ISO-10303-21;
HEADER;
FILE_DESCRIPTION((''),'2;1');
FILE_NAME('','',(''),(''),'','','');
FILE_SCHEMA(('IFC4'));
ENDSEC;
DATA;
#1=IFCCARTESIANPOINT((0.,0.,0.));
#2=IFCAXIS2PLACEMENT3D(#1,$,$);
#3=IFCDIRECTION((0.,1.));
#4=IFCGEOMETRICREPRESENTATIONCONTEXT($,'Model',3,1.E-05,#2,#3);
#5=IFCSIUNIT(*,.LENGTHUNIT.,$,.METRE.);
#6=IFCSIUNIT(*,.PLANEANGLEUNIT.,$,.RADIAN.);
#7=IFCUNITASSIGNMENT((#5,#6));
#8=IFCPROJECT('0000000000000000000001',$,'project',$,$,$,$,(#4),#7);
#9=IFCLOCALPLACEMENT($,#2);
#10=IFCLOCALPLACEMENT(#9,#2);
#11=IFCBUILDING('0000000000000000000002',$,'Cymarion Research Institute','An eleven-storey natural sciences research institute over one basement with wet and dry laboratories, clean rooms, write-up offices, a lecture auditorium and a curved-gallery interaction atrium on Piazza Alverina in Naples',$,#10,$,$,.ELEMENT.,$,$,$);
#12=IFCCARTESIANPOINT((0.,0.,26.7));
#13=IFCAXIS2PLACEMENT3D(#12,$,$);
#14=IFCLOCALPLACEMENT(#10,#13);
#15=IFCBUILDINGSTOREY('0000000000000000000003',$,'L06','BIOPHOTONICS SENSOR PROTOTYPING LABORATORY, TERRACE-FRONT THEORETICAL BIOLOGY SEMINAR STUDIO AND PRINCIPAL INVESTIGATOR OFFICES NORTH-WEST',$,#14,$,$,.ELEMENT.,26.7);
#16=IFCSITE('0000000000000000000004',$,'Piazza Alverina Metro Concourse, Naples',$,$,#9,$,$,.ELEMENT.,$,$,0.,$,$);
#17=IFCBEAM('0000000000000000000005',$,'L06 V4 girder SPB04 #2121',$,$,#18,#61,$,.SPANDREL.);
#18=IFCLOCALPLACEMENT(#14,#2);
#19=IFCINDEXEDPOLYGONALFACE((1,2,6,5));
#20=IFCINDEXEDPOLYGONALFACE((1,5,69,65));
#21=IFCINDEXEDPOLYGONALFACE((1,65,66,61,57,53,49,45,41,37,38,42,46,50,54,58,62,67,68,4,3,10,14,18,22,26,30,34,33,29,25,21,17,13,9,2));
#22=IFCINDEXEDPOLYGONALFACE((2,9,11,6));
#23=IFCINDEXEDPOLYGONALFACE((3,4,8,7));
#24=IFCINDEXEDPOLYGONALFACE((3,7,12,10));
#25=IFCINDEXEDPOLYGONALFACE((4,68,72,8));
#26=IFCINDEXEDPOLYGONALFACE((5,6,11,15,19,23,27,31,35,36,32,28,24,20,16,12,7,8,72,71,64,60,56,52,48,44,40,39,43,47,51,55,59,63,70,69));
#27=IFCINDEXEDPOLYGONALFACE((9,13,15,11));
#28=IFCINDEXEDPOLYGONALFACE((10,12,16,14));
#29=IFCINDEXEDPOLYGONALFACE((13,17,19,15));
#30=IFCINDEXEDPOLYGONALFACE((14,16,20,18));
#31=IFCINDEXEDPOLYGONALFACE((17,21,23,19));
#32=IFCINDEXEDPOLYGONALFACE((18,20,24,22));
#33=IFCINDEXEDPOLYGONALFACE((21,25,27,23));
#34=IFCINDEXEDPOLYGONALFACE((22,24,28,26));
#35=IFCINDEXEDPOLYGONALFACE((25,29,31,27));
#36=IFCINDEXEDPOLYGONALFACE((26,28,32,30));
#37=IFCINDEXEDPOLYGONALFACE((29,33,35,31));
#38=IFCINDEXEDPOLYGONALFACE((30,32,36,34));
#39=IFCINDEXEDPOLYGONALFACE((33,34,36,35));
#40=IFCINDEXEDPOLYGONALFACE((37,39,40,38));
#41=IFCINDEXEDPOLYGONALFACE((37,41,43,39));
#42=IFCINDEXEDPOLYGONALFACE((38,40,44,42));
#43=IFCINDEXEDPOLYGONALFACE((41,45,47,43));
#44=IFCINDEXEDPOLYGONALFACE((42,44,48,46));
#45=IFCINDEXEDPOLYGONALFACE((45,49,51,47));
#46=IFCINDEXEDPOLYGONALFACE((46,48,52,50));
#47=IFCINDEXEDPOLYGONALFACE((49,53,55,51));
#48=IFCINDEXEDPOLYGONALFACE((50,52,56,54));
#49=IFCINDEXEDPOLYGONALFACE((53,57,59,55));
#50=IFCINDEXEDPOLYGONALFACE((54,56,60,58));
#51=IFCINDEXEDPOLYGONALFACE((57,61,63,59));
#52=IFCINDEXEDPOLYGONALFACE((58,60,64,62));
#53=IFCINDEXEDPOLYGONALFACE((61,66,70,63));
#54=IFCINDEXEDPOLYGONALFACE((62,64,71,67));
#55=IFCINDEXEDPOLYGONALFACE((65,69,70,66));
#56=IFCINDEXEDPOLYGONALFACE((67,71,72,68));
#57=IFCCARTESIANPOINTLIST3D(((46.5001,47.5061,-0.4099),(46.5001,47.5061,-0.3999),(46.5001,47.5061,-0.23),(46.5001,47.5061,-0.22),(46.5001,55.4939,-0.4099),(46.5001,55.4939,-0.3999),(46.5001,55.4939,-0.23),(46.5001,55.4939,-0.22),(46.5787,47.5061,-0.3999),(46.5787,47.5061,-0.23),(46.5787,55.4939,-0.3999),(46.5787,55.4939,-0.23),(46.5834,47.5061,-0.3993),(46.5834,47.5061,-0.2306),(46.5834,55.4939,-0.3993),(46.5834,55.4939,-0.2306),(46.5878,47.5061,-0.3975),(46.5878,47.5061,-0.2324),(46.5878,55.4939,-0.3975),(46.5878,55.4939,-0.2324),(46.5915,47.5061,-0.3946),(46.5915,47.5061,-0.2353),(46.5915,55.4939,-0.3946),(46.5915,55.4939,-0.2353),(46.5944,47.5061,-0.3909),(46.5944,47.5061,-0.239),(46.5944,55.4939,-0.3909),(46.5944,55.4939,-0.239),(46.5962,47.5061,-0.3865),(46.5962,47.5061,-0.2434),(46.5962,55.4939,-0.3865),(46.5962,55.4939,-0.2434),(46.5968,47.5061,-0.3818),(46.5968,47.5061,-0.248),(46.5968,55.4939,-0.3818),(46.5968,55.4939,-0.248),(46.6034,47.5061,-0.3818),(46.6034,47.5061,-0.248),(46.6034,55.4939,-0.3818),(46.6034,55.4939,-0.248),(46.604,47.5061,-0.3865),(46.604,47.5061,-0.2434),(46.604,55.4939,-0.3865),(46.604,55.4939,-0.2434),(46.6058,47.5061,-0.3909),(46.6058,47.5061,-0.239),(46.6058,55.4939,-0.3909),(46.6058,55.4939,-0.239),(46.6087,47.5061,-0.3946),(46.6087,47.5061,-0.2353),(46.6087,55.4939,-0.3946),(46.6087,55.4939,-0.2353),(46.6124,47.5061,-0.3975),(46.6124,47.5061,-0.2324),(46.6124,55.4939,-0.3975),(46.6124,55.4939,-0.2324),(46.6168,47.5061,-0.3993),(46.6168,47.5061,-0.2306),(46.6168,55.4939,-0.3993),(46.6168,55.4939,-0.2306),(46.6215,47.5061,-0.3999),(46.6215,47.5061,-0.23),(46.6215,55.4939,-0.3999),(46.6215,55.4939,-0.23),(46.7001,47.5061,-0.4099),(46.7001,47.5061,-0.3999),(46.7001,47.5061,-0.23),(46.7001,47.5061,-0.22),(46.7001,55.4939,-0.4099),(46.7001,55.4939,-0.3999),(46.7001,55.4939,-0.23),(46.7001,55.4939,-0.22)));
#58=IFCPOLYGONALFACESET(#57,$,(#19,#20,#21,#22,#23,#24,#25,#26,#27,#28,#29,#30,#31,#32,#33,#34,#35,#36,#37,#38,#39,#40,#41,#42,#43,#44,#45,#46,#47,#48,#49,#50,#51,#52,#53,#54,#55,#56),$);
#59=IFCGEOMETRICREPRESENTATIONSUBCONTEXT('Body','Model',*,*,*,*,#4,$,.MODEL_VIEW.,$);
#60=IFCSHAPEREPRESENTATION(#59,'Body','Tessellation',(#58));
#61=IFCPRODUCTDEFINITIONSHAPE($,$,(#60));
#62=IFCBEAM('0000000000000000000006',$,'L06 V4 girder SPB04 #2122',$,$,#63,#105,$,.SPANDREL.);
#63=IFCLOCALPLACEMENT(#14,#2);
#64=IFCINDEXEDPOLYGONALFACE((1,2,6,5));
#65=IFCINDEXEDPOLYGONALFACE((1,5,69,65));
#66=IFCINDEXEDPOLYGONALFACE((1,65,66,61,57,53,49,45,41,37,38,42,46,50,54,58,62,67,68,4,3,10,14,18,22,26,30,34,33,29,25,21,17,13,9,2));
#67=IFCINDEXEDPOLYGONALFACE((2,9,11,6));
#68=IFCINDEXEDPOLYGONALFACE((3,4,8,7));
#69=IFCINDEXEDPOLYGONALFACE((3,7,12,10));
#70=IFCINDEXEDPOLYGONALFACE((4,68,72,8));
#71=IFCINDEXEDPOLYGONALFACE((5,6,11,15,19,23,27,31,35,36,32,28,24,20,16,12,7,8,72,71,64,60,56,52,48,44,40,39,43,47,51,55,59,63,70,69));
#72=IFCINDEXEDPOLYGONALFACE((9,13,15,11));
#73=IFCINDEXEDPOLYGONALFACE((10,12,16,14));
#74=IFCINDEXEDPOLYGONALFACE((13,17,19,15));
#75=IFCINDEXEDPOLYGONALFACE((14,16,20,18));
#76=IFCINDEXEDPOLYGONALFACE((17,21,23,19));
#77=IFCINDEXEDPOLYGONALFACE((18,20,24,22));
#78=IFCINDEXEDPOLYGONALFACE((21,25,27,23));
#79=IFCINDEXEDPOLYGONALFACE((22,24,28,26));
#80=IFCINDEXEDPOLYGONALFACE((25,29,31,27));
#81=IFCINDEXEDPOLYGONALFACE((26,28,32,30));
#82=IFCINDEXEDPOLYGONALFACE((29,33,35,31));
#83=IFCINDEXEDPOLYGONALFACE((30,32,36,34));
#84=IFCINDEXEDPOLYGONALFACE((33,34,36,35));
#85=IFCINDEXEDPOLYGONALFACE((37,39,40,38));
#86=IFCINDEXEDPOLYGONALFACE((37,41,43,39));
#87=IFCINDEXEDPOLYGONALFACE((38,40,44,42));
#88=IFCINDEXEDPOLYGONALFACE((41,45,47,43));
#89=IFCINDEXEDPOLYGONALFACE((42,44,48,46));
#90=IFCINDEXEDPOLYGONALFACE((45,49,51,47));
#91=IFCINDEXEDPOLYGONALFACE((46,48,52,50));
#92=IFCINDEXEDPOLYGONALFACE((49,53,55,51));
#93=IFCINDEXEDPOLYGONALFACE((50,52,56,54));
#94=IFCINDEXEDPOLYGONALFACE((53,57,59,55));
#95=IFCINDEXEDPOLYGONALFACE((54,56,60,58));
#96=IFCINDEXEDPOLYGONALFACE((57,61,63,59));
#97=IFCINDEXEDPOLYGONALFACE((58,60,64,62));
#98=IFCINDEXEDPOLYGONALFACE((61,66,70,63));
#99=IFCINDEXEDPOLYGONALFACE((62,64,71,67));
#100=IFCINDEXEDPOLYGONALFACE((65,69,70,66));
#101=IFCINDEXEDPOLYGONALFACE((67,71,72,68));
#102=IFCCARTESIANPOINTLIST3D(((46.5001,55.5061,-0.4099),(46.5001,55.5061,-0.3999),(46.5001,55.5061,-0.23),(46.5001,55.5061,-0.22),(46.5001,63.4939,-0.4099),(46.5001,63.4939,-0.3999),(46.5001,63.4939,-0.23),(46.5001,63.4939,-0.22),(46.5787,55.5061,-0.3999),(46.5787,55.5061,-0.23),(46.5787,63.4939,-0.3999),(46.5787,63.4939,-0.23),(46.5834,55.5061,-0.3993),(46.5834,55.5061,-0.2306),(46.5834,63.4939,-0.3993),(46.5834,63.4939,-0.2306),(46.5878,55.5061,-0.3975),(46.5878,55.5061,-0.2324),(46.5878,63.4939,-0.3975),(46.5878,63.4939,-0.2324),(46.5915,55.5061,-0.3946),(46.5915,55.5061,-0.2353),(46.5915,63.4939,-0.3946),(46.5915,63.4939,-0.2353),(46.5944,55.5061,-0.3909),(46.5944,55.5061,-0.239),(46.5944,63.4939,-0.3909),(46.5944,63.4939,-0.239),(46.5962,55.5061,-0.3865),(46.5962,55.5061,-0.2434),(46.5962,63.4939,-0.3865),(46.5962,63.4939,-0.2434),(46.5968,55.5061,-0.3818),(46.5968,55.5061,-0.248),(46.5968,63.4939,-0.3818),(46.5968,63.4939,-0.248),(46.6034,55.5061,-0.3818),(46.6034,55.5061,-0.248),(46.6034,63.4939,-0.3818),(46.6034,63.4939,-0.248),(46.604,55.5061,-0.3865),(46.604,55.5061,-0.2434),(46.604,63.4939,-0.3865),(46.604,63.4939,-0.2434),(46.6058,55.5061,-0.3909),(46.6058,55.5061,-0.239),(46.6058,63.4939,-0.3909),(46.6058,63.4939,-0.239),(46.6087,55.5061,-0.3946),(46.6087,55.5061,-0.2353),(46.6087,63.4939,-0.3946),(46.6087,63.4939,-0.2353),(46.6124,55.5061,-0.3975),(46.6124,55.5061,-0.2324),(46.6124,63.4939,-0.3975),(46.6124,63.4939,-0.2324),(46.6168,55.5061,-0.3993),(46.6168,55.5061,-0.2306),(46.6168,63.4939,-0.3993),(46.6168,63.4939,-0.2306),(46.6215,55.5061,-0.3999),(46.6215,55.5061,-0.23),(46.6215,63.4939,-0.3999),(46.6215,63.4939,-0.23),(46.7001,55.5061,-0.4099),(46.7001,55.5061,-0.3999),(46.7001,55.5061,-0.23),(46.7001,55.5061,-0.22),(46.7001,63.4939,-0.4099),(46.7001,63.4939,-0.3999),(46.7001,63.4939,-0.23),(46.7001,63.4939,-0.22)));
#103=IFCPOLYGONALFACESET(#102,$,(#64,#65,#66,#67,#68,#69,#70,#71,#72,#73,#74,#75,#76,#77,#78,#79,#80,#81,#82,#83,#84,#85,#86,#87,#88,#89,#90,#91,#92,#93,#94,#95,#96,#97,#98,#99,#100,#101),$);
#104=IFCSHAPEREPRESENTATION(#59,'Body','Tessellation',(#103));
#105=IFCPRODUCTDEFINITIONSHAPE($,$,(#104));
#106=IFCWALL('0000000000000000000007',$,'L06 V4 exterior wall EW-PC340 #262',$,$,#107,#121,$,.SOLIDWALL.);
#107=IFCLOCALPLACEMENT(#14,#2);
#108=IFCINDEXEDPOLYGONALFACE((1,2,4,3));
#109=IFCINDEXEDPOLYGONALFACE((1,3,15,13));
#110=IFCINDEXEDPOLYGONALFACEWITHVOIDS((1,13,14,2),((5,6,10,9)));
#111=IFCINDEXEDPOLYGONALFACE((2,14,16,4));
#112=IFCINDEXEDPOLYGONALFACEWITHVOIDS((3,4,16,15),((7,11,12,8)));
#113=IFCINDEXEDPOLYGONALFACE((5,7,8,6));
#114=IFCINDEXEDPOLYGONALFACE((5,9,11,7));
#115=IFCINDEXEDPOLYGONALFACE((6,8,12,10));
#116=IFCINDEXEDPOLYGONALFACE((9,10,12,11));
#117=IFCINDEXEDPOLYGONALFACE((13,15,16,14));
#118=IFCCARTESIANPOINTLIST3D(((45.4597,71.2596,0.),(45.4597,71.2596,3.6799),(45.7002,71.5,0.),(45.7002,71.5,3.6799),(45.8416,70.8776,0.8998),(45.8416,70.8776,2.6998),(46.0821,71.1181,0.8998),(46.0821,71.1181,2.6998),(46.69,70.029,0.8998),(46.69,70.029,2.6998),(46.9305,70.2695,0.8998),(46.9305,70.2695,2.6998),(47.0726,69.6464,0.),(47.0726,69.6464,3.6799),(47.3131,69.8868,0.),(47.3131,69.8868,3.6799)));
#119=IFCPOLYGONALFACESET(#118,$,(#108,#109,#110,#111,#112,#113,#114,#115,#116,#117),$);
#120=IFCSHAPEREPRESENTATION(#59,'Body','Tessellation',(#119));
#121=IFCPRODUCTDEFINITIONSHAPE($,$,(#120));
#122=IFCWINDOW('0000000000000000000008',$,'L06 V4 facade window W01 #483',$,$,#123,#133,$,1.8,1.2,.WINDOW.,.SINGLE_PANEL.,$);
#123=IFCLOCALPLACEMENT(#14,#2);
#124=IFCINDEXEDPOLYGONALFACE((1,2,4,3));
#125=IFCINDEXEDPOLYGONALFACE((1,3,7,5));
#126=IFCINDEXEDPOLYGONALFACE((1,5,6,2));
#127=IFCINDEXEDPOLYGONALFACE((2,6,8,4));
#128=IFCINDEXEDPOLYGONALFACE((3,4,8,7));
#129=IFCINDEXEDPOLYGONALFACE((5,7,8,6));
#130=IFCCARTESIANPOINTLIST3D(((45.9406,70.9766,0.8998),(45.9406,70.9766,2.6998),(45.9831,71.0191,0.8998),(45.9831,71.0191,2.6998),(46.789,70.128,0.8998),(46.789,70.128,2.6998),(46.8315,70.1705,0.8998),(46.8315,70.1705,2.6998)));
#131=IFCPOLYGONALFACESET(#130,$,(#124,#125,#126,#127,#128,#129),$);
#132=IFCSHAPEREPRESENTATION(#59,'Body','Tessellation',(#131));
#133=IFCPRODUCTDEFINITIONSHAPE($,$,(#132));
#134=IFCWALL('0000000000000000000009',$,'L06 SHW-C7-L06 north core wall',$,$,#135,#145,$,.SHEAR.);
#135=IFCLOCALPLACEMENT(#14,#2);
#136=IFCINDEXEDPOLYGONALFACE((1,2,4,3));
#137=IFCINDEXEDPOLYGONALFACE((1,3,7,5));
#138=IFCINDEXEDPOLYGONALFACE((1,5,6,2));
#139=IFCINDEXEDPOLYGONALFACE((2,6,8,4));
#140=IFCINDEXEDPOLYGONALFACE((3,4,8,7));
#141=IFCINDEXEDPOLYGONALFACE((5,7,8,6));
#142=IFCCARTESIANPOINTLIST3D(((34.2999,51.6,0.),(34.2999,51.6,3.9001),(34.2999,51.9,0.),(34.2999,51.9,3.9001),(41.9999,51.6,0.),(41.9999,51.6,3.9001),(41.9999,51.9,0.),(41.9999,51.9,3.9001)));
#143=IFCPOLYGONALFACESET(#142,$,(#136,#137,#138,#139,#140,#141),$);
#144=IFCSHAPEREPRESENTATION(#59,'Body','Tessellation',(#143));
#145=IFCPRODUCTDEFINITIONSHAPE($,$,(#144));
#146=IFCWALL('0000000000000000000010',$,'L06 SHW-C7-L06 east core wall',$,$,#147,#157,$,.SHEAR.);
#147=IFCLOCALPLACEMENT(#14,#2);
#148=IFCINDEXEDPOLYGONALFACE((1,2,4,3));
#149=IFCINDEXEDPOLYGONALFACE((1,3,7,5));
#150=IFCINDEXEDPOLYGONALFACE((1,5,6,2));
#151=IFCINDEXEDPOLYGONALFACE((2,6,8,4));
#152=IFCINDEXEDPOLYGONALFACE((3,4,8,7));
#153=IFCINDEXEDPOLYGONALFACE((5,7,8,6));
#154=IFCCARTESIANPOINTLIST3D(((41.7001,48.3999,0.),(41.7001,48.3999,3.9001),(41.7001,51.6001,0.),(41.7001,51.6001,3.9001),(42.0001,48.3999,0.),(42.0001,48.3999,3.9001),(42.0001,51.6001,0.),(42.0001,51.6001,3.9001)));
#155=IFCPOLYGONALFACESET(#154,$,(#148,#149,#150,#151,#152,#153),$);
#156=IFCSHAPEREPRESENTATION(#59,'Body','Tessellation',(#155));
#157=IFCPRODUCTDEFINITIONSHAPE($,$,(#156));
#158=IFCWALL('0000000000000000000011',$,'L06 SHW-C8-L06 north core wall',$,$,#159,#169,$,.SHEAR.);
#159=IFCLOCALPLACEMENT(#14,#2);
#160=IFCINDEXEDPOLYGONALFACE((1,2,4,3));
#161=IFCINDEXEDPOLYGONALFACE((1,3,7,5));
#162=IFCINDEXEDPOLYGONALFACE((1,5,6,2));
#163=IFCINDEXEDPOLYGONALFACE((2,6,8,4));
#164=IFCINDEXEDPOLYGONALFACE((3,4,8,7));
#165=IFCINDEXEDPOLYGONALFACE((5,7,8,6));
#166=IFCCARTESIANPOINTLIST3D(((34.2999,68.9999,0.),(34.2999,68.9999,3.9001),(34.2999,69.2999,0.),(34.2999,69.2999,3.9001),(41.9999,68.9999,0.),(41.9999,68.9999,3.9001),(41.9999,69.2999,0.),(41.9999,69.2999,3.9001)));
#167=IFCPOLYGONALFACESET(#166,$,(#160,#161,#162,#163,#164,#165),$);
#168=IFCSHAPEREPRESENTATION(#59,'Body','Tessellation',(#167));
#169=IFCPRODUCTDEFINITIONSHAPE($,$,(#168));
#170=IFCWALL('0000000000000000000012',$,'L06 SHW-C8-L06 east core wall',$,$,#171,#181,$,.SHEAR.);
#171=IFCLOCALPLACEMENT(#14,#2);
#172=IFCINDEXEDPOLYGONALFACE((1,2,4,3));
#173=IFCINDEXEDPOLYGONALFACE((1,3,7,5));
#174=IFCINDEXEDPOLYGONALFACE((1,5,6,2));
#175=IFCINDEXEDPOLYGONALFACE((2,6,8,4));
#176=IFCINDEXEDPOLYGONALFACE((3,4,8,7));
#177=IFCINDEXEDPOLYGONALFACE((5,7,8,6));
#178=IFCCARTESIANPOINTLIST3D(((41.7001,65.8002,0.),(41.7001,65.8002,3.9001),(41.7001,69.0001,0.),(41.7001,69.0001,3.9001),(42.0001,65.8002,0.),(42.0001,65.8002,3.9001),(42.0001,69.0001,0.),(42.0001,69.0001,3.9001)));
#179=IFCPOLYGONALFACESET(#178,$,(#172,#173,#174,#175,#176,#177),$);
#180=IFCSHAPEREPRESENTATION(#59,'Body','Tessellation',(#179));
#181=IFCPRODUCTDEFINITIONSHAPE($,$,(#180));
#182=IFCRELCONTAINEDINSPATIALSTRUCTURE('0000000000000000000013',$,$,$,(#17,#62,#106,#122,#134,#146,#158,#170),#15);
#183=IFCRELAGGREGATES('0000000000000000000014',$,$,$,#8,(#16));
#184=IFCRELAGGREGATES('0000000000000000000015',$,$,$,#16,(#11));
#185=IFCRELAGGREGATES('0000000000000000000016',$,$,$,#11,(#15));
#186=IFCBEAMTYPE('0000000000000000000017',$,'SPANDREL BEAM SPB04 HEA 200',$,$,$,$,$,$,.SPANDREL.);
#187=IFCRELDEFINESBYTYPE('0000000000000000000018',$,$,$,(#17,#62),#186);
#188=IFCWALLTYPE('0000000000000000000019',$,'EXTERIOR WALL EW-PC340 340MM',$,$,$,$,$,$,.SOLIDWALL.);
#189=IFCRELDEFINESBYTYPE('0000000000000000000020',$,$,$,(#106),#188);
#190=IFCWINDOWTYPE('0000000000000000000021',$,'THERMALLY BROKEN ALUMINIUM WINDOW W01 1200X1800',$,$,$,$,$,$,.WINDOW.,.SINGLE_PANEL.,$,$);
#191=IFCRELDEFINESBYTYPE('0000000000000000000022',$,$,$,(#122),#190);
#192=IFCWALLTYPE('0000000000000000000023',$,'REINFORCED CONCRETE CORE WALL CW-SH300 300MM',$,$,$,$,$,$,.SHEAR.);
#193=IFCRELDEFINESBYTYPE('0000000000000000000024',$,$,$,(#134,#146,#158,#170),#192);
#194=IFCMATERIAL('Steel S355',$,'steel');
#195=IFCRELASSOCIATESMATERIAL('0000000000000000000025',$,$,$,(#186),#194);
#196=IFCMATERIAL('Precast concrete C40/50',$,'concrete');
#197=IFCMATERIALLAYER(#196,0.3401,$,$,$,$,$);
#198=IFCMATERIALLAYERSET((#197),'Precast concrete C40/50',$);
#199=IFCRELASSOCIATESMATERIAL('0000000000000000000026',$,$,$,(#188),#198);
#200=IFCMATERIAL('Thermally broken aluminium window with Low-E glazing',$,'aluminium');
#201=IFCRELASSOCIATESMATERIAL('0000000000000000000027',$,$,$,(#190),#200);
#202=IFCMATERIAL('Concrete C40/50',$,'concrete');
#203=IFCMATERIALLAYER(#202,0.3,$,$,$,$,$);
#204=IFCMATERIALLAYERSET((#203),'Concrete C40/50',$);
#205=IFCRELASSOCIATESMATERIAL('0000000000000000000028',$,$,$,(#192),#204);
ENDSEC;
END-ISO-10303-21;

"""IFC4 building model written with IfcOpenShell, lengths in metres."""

from ifc_helpers import new_model, si_unit, direction, frame, frame_2d, origin, origin_2d, place, context, subcontext, project, spatial, rectangle, i_section, extrude, material, layer, layer_set, material_profile, profile_set, type_object, element, fill, save


model = new_model("IFC4")

# Units and contexts
model_context = context("Model", 3, precision=1e-05, world=origin(), true_north=direction((0.0, 1.0)))
body_context = subcontext(model_context, "Body", "Model", "MODEL_VIEW")
ifc_project = project(units=[si_unit("LENGTHUNIT", "METRE"), si_unit("PLANEANGLEUNIT", "RADIAN")], contexts=[model_context])

# Site, building, storey
site_placement = place(None, origin())
site = spatial("IfcSite", under=ifc_project, at=site_placement, Name="Piazza Alverina Metro Concourse, Naples", CompositionType="ELEMENT", RefElevation=0.0)
building_placement = place(site_placement, origin())
building = spatial("IfcBuilding", under=site, at=building_placement, Name="Cymarion Research Institute", Description="An eleven-storey natural sciences research institute over one basement with wet and dry laboratories, clean rooms, write-up offices, a lecture auditorium and a curved-gallery interaction atrium on Piazza Alverina in Naples", CompositionType="ELEMENT")
storey_placement = place(building_placement, frame((0.0, 0.0, 26.7)))
storey = spatial("IfcBuildingStorey", under=building, at=storey_placement, Name="L06", Description="BIOPHOTONICS SENSOR PROTOTYPING LABORATORY, TERRACE-FRONT THEORETICAL BIOLOGY SEMINAR STUDIO AND PRINCIPAL INVESTIGATOR OFFICES NORTH-WEST", CompositionType="ELEMENT", Elevation=26.7)

# Shared definitions
ifc_material_1 = material(Name="Steel S355", Category="steel")

# Beams
ifc_material_profile_1 = material_profile(ifc_material_1, i_section(OverallWidth=0.2, OverallDepth=0.1899, WebThickness=0.0066, FlangeThickness=0.01, FilletRadius=0.0181, at=origin_2d()), Name="HEA 200")
ifc_profile_set_1 = profile_set([ifc_material_profile_1], Name="Steel S355")
beam_type_1 = type_object("IfcBeamType", Name="SPANDREL BEAM SPB04 HEA 200", PredefinedType="SPANDREL", material=ifc_profile_set_1)
for number, where, z_axis, x_axis, name in (
    (1, (46.6001, 47.5061, -0.3149), (0.0, 1.0, 0.0), (-1.0, 0.0, 0.0), "L06 V4 girder SPB04 #2121"),
    (2, (46.6001, 55.5061, -0.3149), (0.0, 1.0, 0.0), (-1.0, 0.0, 0.0), "L06 V4 girder SPB04 #2122"),
):
    element("IfcBeam", number, at=place(storey_placement, frame(where, z_axis=z_axis, x_axis=x_axis)), inside=storey, type_object=beam_type_1, Name=name, PredefinedType="SPANDREL", context=body_context, shape_type="SweptSolid", body=[
        extrude(i_section(OverallWidth=0.2, OverallDepth=0.1899, WebThickness=0.0066, FlangeThickness=0.01, FilletRadius=0.0181, at=origin_2d()), origin(), (0.0, 0.0, 1.0), 7.9878),
    ])

# Wall, opening, window
ifc_material_2 = material(Name="Precast concrete C40/50", Category="concrete")
ifc_layer_1 = layer(ifc_material_2, 0.3401)
ifc_layer_set_1 = layer_set([ifc_layer_1], Name="Precast concrete C40/50")
wall_type_1 = type_object("IfcWallType", Name="EXTERIOR WALL EW-PC340 340MM", PredefinedType="SOLIDWALL", material=ifc_layer_set_1)
wall_1_placement = place(storey_placement, frame((47.1929, 69.7666, 0.0), z_axis=(0.0, 0.0, 1.0), x_axis=(-0.707053, 0.70716, 0.0)))
wall_1 = element("IfcWall", 3, at=wall_1_placement, inside=storey, type_object=wall_type_1, Name="L06 V4 exterior wall EW-PC340 #262", PredefinedType="SOLIDWALL", context=body_context, shape_type="SweptSolid", body=[
    extrude(rectangle(XDim=2.2812, YDim=0.3401, at=frame_2d((1.1406, 0.0))), origin(), (0.0, 0.0, 1.0), 3.6799),
])
opening_placement = place(wall_1_placement, frame((0.541, 0.0, 0.8999)))
opening = element("IfcOpeningElement", 4, at=opening_placement, cuts=wall_1, PredefinedType="OPENING", context=body_context, shape_type="SweptSolid", body=[
    extrude(rectangle(XDim=1.2, YDim=1.8, at=frame_2d((0.6001, 0.8999))), frame((0.0, 0.1799, 0.0), z_axis=(0.0, -1.0, 0.0), x_axis=(1.0, 0.0, 0.0)), (0.0, 0.0, 1.0), 0.3601),
])
ifc_material_3 = material(Name="Thermally broken aluminium window with Low-E glazing", Category="aluminium")
window_type = type_object("IfcWindowType", Name="THERMALLY BROKEN ALUMINIUM WINDOW W01 1200X1800", PartitioningType="SINGLE_PANEL", PredefinedType="WINDOW", material=ifc_material_3)
window_placement = place(opening_placement, origin())
window = element("IfcWindow", 5, at=window_placement, inside=storey, type_object=window_type, Name="L06 V4 facade window W01 #483", OverallHeight=1.8, OverallWidth=1.2, PartitioningType="SINGLE_PANEL", PredefinedType="WINDOW", context=body_context, shape_type="SweptSolid", body=[
    extrude(rectangle(XDim=1.2, YDim=1.8, at=frame_2d((0.6001, 0.8999))), frame((0.0, 0.03, 0.0), z_axis=(0.0, -1.0, 0.0), x_axis=(1.0, 0.0, 0.0)), (0.0, 0.0, 1.0), 0.0601),
])
fill(opening, window)

# Walls
ifc_material_4 = material(Name="Concrete C40/50", Category="concrete")
ifc_layer_2 = layer(ifc_material_4, 0.3)
ifc_layer_set_2 = layer_set([ifc_layer_2], Name="Concrete C40/50")
wall_type_2 = type_object("IfcWallType", Name="REINFORCED CONCRETE CORE WALL CW-SH300 300MM", PredefinedType="SHEAR", material=ifc_layer_set_2)
wall_2_placement = place(storey_placement, frame((42.0, 51.75, 0.0), z_axis=(0.0, 0.0, 1.0), x_axis=(-1.0, 0.0, 0.0)))
element("IfcWall", 6, at=wall_2_placement, inside=storey, type_object=wall_type_2, Name="L06 SHW-C7-L06 north core wall", PredefinedType="SHEAR", context=body_context, shape_type="SweptSolid", body=[
    extrude(rectangle(XDim=7.7, YDim=0.3, at=frame_2d((3.8501, 0.0))), origin(), (0.0, 0.0, 1.0), 3.9001),
])
wall_3_placement = place(storey_placement, frame((41.8501, 48.3999, 0.0), z_axis=(0.0, 0.0, 1.0), x_axis=(0.0, 1.0, 0.0)))
element("IfcWall", 7, at=wall_3_placement, inside=storey, type_object=wall_type_2, Name="L06 SHW-C7-L06 east core wall", PredefinedType="SHEAR", context=body_context, shape_type="SweptSolid", body=[
    extrude(rectangle(XDim=3.2002, YDim=0.3, at=frame_2d((1.6001, 0.0))), origin(), (0.0, 0.0, 1.0), 3.9001),
])
wall_4_placement = place(storey_placement, frame((42.0, 69.1499, 0.0), z_axis=(0.0, 0.0, 1.0), x_axis=(-1.0, 0.0, 0.0)))
element("IfcWall", 8, at=wall_4_placement, inside=storey, type_object=wall_type_2, Name="L06 SHW-C8-L06 north core wall", PredefinedType="SHEAR", context=body_context, shape_type="SweptSolid", body=[
    extrude(rectangle(XDim=7.7, YDim=0.3, at=frame_2d((3.8501, 0.0))), origin(), (0.0, 0.0, 1.0), 3.9001),
])
wall_5_placement = place(storey_placement, frame((41.8501, 65.8, 0.0), z_axis=(0.0, 0.0, 1.0), x_axis=(0.0, 1.0, 0.0)))
element("IfcWall", 9, at=wall_5_placement, inside=storey, type_object=wall_type_2, Name="L06 SHW-C8-L06 east core wall", PredefinedType="SHEAR", context=body_context, shape_type="SweptSolid", body=[
    extrude(rectangle(XDim=3.2, YDim=0.3, at=frame_2d((1.6001, 0.0))), origin(), (0.0, 0.0, 1.0), 3.9001),
])

save(model, "model.ifc")
